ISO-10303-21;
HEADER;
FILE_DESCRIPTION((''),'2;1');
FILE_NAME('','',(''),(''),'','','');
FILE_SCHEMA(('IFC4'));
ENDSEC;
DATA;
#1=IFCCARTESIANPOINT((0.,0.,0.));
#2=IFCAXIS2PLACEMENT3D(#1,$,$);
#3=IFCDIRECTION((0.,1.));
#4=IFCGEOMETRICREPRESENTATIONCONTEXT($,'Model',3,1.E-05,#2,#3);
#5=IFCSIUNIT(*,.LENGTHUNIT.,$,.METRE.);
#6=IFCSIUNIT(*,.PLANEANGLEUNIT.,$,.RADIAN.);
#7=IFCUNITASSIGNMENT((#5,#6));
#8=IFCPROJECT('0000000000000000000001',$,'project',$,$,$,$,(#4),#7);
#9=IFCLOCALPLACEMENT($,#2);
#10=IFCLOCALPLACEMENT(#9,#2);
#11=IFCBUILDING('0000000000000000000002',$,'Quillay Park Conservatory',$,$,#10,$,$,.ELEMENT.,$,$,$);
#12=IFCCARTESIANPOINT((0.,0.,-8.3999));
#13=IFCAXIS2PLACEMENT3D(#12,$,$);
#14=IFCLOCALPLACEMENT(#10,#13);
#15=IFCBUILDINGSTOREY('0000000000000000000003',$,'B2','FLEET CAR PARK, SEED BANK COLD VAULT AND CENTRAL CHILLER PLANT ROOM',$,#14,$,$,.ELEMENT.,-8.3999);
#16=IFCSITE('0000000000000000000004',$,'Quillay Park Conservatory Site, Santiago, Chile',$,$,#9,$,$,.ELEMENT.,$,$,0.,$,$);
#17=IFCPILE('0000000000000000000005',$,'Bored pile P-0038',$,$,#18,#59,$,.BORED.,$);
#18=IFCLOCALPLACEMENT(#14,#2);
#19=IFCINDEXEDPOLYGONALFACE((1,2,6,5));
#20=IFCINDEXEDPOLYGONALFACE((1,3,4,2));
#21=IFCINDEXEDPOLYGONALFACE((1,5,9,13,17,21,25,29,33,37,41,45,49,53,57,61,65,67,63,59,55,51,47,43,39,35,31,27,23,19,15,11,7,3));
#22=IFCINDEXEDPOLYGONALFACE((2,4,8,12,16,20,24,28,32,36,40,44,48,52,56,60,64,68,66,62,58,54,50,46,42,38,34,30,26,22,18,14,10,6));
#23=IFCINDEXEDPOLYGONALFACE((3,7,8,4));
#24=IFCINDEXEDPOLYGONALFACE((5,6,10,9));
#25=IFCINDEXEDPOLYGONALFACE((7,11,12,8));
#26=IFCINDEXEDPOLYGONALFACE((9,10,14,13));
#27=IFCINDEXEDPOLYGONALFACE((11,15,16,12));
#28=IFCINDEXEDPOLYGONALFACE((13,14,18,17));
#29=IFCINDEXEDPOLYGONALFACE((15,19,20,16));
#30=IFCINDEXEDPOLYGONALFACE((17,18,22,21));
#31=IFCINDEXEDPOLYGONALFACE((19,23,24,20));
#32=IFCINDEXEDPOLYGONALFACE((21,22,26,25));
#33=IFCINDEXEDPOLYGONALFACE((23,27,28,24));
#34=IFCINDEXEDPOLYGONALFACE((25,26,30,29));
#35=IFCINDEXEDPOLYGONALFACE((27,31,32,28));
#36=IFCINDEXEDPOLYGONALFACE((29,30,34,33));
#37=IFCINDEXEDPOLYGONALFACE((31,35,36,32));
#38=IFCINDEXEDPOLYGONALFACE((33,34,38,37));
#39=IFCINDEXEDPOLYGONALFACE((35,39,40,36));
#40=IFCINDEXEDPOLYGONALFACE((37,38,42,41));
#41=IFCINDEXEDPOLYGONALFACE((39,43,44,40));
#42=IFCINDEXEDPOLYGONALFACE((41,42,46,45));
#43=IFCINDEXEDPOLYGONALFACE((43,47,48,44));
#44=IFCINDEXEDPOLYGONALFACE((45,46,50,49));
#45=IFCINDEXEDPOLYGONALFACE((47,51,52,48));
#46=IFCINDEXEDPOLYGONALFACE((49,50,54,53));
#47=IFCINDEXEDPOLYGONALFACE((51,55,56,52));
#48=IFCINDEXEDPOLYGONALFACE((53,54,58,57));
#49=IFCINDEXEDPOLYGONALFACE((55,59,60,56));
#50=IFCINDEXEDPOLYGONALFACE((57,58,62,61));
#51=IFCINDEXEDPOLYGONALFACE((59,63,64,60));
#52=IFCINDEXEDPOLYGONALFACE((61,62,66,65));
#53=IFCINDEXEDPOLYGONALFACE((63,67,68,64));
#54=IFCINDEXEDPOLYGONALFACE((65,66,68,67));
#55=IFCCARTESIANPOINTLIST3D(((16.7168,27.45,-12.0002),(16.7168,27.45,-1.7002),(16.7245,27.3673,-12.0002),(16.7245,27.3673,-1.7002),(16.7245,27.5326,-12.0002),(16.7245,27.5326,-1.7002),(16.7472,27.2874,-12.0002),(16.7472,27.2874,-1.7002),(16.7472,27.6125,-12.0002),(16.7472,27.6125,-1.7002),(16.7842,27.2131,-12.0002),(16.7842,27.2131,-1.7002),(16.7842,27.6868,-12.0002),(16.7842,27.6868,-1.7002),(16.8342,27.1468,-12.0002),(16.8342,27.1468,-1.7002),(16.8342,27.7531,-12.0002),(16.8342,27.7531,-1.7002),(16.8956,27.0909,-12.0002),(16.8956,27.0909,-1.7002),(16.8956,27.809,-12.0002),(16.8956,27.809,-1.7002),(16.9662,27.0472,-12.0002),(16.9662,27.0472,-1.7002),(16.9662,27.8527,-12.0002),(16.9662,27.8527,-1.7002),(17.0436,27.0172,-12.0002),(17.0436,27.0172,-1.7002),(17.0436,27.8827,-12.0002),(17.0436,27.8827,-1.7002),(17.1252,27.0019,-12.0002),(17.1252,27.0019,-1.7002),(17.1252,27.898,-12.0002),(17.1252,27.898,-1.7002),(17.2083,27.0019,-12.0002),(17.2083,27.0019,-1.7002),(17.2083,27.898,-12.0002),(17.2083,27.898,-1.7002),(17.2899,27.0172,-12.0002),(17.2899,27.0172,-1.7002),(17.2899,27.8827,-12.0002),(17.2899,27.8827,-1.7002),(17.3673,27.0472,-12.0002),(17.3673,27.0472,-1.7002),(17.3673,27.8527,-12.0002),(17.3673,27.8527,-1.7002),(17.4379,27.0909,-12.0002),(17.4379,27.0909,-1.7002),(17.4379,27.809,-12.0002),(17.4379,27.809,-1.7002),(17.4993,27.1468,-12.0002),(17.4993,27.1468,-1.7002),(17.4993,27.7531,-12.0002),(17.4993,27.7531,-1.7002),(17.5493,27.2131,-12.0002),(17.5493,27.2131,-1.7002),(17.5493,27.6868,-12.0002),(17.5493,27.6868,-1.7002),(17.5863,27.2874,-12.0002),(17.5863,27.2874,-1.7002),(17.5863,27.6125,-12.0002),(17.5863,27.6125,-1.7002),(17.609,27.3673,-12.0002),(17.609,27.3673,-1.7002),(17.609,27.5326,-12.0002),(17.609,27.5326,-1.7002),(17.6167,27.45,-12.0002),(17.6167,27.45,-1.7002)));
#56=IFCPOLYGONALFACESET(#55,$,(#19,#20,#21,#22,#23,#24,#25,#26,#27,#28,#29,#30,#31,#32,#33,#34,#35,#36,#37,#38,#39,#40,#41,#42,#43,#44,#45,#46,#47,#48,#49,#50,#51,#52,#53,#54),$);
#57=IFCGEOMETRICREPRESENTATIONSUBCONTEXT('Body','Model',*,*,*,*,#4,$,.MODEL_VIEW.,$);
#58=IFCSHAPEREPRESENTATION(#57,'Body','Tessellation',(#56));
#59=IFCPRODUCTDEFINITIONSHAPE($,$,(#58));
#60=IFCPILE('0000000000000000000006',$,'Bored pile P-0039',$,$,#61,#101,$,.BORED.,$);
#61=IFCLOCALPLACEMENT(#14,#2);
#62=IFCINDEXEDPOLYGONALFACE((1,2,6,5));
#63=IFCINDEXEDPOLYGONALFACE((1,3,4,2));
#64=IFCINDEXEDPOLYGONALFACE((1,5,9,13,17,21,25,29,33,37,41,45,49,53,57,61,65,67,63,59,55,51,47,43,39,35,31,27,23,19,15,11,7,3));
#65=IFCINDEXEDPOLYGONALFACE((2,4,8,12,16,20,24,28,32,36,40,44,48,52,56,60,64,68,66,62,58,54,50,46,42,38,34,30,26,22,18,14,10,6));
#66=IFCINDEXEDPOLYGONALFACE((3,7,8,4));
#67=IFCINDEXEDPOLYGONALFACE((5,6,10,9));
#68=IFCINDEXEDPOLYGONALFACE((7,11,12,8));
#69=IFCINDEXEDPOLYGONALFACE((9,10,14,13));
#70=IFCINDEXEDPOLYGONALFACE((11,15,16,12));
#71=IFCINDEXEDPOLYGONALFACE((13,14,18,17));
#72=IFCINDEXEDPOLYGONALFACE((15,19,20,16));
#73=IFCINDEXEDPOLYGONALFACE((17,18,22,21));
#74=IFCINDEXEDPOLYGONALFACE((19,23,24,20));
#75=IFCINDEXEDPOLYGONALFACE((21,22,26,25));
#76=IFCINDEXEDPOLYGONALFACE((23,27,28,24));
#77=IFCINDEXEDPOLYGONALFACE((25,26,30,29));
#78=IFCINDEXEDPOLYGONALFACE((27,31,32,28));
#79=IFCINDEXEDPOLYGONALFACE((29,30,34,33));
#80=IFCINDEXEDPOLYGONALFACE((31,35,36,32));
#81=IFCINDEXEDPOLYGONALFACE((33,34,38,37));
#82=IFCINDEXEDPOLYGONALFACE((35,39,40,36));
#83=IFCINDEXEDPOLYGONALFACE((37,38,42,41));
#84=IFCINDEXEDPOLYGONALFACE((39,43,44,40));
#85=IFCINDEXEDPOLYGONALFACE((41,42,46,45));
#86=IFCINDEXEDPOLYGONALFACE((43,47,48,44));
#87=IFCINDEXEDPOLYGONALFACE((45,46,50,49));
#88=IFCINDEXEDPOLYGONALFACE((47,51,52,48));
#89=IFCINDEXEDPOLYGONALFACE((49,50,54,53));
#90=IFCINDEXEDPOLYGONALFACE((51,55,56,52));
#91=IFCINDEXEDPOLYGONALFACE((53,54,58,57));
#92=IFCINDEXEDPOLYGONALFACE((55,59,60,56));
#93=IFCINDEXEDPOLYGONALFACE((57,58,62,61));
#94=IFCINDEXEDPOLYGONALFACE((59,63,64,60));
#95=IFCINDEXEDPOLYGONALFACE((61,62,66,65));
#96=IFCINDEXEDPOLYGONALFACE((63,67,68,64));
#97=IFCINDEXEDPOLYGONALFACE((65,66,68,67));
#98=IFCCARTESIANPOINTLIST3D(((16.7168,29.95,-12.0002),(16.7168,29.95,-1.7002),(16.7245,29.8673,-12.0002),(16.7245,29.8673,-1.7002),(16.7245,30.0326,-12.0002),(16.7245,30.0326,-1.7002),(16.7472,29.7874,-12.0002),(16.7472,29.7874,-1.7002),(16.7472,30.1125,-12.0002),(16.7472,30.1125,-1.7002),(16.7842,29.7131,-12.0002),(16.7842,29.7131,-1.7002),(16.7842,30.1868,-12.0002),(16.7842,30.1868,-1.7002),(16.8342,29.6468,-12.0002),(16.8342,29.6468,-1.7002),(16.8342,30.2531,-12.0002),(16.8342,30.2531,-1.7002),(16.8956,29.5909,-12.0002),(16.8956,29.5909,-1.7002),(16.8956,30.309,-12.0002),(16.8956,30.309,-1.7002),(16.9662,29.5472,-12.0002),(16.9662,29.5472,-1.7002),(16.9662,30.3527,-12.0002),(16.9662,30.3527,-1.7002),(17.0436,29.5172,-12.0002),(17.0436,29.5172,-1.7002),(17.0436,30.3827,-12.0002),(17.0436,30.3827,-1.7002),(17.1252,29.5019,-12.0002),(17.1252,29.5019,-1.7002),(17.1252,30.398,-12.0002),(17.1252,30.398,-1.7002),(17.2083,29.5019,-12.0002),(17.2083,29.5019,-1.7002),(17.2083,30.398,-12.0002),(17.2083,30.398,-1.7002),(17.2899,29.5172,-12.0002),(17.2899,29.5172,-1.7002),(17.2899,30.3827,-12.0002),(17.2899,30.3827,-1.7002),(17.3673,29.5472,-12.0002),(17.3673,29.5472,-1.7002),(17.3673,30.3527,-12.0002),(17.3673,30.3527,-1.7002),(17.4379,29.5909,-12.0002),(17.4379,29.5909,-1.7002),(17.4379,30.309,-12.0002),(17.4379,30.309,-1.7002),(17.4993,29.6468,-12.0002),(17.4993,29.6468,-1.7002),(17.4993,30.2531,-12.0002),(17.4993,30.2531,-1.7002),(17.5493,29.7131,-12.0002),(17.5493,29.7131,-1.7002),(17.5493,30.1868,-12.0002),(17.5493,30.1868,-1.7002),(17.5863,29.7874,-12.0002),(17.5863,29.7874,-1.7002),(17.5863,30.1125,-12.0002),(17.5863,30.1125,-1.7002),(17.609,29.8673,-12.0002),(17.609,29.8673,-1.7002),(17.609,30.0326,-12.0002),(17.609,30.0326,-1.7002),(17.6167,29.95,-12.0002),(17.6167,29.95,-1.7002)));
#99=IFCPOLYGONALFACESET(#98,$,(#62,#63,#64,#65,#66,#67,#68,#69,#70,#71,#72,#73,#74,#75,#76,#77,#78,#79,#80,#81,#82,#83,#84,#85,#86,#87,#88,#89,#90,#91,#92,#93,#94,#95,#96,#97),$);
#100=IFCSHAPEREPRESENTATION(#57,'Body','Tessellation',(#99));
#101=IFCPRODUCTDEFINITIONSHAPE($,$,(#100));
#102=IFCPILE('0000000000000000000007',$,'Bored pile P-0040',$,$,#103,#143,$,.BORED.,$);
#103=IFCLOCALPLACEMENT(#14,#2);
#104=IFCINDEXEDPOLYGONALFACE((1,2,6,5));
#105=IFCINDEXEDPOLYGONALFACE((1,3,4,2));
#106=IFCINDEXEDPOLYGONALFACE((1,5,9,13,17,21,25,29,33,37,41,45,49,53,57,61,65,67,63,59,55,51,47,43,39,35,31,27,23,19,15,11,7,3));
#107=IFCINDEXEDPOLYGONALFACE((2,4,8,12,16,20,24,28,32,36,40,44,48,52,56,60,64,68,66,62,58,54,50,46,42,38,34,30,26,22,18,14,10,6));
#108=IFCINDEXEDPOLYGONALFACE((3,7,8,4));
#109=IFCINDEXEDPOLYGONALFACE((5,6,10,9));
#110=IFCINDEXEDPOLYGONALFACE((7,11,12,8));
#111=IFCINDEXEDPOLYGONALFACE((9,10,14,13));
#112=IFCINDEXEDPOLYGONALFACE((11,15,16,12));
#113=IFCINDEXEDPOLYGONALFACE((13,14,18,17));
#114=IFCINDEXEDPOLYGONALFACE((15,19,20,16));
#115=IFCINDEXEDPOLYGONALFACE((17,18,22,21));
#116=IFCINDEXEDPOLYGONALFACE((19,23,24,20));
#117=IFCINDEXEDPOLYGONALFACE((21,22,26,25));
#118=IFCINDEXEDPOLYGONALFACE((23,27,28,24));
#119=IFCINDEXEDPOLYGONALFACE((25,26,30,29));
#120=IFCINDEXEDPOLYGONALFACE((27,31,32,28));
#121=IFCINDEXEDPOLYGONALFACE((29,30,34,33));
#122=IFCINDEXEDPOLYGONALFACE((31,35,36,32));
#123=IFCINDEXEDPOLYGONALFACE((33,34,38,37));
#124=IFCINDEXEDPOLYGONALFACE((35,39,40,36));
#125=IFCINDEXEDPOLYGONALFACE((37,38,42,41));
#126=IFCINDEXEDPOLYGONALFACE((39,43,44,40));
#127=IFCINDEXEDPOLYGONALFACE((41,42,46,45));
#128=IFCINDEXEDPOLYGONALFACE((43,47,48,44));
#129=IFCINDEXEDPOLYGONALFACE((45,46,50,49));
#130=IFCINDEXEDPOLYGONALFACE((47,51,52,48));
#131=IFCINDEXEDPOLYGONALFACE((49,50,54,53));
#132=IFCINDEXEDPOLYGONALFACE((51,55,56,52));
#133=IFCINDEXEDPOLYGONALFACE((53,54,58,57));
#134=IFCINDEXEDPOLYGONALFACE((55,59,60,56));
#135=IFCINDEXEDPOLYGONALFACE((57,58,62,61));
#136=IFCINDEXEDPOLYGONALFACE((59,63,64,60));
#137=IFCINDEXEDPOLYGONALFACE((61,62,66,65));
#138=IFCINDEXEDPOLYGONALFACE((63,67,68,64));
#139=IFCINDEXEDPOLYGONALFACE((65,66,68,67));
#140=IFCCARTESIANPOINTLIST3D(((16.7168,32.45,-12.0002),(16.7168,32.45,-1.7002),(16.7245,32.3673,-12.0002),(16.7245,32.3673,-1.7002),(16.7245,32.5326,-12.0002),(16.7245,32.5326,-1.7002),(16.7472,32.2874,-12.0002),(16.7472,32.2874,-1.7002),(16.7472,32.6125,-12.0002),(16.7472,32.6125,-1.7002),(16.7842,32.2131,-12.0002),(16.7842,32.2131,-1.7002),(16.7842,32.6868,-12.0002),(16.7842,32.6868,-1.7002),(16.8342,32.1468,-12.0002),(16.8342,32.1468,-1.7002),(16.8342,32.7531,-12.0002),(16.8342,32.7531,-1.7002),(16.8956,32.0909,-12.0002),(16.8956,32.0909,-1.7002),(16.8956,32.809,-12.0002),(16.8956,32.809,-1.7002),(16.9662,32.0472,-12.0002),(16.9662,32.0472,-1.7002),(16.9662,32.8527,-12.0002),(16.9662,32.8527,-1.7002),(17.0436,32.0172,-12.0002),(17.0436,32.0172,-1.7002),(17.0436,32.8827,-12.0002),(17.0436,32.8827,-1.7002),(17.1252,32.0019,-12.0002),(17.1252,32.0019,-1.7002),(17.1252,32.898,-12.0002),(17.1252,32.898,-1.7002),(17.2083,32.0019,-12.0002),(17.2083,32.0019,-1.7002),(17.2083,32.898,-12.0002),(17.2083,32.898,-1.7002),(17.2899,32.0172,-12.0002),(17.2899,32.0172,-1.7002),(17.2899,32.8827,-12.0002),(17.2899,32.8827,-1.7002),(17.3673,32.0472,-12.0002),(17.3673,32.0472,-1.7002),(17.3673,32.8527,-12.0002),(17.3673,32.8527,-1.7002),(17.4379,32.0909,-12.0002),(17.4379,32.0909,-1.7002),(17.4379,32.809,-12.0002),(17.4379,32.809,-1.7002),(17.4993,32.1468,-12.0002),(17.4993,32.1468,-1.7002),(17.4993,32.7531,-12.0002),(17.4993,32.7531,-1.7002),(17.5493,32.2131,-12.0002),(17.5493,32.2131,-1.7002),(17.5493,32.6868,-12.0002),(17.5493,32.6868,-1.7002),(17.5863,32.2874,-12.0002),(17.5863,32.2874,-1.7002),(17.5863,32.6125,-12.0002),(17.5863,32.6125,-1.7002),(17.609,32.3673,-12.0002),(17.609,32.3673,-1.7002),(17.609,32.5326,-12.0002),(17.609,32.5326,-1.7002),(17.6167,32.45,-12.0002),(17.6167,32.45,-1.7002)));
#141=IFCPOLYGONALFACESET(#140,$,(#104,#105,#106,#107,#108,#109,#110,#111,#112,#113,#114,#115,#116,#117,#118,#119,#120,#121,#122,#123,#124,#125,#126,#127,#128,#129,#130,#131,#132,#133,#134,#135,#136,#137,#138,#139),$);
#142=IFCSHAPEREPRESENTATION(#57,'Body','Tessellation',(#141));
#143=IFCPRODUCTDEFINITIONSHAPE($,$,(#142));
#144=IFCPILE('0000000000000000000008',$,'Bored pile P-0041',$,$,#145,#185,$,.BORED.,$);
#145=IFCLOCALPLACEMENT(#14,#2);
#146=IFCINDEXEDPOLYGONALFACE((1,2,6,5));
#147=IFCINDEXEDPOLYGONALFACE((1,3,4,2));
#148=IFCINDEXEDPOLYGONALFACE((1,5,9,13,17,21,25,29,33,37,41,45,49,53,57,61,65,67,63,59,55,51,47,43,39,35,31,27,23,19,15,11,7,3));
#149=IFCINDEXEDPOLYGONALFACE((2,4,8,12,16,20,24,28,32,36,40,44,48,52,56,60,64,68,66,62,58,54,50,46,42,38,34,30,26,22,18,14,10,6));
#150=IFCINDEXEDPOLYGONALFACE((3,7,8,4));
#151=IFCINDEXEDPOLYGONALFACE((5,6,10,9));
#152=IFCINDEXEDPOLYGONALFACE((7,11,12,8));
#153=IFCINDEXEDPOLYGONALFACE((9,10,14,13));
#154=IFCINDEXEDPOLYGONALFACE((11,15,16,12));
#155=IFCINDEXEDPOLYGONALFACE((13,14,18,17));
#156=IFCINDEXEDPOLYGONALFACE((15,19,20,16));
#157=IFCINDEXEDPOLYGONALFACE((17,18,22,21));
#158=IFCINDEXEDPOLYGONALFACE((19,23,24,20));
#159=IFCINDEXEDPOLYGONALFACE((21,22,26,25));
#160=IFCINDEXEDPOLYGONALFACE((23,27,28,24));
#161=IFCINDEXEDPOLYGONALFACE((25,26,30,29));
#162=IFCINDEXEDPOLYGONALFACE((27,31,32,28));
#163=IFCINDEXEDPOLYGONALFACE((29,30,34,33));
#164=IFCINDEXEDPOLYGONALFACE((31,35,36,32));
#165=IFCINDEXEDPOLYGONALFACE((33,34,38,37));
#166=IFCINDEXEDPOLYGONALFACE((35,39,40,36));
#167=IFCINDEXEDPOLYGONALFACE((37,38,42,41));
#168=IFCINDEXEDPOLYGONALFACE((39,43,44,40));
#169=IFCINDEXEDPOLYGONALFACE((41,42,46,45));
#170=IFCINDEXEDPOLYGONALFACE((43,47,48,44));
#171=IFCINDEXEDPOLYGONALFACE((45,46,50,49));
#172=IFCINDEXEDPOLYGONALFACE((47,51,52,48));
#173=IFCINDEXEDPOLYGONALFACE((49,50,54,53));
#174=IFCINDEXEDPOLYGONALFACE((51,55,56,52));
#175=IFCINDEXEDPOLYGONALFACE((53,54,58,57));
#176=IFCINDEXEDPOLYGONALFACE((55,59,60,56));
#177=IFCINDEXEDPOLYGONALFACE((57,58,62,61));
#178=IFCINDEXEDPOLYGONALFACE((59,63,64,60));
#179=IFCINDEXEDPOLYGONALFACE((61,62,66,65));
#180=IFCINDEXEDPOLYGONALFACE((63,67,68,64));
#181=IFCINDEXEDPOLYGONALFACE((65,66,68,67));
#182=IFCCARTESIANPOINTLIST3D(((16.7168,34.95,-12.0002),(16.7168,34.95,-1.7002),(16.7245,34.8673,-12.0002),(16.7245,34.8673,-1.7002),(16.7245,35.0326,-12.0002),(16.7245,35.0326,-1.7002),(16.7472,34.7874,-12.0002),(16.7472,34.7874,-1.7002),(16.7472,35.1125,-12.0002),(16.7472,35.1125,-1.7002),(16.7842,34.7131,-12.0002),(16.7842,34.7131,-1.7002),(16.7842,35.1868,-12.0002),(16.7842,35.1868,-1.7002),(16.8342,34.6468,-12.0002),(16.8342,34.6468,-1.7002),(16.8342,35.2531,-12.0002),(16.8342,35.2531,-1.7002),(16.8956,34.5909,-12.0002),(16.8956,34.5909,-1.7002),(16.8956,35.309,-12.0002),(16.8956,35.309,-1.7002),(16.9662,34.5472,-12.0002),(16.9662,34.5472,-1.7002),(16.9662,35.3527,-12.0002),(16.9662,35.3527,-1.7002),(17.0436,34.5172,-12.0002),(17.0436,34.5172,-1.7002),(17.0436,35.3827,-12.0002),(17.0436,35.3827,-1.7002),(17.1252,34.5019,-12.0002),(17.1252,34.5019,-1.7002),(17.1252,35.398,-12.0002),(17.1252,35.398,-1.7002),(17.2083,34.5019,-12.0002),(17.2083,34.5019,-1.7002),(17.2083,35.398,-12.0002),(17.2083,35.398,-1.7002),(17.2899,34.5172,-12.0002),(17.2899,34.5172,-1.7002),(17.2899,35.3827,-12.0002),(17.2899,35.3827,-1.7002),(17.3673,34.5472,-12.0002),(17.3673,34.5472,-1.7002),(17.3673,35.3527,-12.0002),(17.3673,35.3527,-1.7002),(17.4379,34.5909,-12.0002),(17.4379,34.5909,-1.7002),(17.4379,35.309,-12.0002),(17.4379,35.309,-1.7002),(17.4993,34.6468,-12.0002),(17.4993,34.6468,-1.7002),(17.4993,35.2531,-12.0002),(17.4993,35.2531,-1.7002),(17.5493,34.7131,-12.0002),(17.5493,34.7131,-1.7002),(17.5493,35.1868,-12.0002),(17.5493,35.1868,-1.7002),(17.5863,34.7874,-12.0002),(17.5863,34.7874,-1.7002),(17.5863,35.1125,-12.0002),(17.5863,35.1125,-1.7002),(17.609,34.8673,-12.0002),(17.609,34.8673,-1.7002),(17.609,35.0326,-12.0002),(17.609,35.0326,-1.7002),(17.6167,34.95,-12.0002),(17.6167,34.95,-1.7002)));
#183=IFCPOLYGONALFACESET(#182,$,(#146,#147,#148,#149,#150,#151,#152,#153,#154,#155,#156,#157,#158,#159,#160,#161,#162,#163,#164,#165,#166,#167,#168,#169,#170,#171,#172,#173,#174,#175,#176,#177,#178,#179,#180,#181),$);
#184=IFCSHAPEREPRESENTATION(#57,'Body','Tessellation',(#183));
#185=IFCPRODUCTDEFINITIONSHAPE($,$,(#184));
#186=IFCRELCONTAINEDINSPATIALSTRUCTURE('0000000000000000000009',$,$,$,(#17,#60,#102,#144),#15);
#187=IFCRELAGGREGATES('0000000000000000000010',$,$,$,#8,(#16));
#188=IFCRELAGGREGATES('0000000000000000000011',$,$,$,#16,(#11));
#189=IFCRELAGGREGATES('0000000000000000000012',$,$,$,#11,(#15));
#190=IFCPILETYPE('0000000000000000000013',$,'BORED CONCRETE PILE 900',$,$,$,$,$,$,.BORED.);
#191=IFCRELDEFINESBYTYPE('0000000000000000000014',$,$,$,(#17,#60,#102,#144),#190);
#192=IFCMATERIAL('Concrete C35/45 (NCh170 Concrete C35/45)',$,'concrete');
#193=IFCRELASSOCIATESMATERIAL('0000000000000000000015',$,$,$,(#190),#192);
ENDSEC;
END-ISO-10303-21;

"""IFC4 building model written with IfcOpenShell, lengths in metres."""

from ifc_helpers import new_model, si_unit, direction, frame, origin, origin_2d, place, context, subcontext, project, spatial, circle, extrude, material, material_profile, profile_set, type_object, element, save


model = new_model("IFC4")

# Units and contexts
model_context = context("Model", 3, precision=1e-05, world=origin(), true_north=direction((0.0, 1.0)))
body_context = subcontext(model_context, "Body", "Model", "MODEL_VIEW")
ifc_project = project(units=[si_unit("LENGTHUNIT", "METRE"), si_unit("PLANEANGLEUNIT", "RADIAN")], contexts=[model_context])

# Site, building, storey
site_placement = place(None, origin())
site = spatial("IfcSite", under=ifc_project, at=site_placement, Name="Quillay Park Conservatory Site, Santiago, Chile", CompositionType="ELEMENT", RefElevation=0.0)
building_placement = place(site_placement, origin())
building = spatial("IfcBuilding", under=site, at=building_placement, Name="Quillay Park Conservatory", CompositionType="ELEMENT")
storey_placement = place(building_placement, frame((0.0, 0.0, -8.3999)))
storey = spatial("IfcBuildingStorey", under=building, at=storey_placement, Name="B2", Description="FLEET CAR PARK, SEED BANK COLD VAULT AND CENTRAL CHILLER PLANT ROOM", CompositionType="ELEMENT", Elevation=-8.3999)

# Piles
ifc_material_1 = material(Name="Concrete C35/45 (NCh170 Concrete C35/45)", Category="concrete")
ifc_material_profile_1 = material_profile(ifc_material_1, circle(Radius=0.45, at=origin_2d()), Name="PILE900")
ifc_profile_set_1 = profile_set([ifc_material_profile_1], Name="Concrete C35/45 (NCh170 Concrete C35/45)")
pile_type = type_object("IfcPileType", Name="BORED CONCRETE PILE 900", PredefinedType="BORED", material=ifc_profile_set_1)
for number, where, z_axis, x_axis, name in (
    (1, (17.1667, 27.45, -1.7002), (0.0, 0.0, -1.0), (1.0, 0.0, 0.0), "Bored pile P-0038"),
    (2, (17.1667, 29.95, -1.7002), (0.0, 0.0, -1.0), (1.0, 0.0, 0.0), "Bored pile P-0039"),
    (3, (17.1667, 32.45, -1.7002), (0.0, 0.0, -1.0), (1.0, 0.0, 0.0), "Bored pile P-0040"),
    (4, (17.1667, 34.95, -1.7002), (0.0, 0.0, -1.0), (1.0, 0.0, 0.0), "Bored pile P-0041"),
):
    element("IfcPile", number, at=place(storey_placement, frame(where, z_axis=z_axis, x_axis=x_axis)), inside=storey, type_object=pile_type, Name=name, PredefinedType="BORED", context=body_context, shape_type="SweptSolid", body=[
        extrude(circle(Radius=0.45, at=origin_2d()), origin(), (0.0, 0.0, 1.0), 10.3),
    ])

save(model, "model.ifc")
